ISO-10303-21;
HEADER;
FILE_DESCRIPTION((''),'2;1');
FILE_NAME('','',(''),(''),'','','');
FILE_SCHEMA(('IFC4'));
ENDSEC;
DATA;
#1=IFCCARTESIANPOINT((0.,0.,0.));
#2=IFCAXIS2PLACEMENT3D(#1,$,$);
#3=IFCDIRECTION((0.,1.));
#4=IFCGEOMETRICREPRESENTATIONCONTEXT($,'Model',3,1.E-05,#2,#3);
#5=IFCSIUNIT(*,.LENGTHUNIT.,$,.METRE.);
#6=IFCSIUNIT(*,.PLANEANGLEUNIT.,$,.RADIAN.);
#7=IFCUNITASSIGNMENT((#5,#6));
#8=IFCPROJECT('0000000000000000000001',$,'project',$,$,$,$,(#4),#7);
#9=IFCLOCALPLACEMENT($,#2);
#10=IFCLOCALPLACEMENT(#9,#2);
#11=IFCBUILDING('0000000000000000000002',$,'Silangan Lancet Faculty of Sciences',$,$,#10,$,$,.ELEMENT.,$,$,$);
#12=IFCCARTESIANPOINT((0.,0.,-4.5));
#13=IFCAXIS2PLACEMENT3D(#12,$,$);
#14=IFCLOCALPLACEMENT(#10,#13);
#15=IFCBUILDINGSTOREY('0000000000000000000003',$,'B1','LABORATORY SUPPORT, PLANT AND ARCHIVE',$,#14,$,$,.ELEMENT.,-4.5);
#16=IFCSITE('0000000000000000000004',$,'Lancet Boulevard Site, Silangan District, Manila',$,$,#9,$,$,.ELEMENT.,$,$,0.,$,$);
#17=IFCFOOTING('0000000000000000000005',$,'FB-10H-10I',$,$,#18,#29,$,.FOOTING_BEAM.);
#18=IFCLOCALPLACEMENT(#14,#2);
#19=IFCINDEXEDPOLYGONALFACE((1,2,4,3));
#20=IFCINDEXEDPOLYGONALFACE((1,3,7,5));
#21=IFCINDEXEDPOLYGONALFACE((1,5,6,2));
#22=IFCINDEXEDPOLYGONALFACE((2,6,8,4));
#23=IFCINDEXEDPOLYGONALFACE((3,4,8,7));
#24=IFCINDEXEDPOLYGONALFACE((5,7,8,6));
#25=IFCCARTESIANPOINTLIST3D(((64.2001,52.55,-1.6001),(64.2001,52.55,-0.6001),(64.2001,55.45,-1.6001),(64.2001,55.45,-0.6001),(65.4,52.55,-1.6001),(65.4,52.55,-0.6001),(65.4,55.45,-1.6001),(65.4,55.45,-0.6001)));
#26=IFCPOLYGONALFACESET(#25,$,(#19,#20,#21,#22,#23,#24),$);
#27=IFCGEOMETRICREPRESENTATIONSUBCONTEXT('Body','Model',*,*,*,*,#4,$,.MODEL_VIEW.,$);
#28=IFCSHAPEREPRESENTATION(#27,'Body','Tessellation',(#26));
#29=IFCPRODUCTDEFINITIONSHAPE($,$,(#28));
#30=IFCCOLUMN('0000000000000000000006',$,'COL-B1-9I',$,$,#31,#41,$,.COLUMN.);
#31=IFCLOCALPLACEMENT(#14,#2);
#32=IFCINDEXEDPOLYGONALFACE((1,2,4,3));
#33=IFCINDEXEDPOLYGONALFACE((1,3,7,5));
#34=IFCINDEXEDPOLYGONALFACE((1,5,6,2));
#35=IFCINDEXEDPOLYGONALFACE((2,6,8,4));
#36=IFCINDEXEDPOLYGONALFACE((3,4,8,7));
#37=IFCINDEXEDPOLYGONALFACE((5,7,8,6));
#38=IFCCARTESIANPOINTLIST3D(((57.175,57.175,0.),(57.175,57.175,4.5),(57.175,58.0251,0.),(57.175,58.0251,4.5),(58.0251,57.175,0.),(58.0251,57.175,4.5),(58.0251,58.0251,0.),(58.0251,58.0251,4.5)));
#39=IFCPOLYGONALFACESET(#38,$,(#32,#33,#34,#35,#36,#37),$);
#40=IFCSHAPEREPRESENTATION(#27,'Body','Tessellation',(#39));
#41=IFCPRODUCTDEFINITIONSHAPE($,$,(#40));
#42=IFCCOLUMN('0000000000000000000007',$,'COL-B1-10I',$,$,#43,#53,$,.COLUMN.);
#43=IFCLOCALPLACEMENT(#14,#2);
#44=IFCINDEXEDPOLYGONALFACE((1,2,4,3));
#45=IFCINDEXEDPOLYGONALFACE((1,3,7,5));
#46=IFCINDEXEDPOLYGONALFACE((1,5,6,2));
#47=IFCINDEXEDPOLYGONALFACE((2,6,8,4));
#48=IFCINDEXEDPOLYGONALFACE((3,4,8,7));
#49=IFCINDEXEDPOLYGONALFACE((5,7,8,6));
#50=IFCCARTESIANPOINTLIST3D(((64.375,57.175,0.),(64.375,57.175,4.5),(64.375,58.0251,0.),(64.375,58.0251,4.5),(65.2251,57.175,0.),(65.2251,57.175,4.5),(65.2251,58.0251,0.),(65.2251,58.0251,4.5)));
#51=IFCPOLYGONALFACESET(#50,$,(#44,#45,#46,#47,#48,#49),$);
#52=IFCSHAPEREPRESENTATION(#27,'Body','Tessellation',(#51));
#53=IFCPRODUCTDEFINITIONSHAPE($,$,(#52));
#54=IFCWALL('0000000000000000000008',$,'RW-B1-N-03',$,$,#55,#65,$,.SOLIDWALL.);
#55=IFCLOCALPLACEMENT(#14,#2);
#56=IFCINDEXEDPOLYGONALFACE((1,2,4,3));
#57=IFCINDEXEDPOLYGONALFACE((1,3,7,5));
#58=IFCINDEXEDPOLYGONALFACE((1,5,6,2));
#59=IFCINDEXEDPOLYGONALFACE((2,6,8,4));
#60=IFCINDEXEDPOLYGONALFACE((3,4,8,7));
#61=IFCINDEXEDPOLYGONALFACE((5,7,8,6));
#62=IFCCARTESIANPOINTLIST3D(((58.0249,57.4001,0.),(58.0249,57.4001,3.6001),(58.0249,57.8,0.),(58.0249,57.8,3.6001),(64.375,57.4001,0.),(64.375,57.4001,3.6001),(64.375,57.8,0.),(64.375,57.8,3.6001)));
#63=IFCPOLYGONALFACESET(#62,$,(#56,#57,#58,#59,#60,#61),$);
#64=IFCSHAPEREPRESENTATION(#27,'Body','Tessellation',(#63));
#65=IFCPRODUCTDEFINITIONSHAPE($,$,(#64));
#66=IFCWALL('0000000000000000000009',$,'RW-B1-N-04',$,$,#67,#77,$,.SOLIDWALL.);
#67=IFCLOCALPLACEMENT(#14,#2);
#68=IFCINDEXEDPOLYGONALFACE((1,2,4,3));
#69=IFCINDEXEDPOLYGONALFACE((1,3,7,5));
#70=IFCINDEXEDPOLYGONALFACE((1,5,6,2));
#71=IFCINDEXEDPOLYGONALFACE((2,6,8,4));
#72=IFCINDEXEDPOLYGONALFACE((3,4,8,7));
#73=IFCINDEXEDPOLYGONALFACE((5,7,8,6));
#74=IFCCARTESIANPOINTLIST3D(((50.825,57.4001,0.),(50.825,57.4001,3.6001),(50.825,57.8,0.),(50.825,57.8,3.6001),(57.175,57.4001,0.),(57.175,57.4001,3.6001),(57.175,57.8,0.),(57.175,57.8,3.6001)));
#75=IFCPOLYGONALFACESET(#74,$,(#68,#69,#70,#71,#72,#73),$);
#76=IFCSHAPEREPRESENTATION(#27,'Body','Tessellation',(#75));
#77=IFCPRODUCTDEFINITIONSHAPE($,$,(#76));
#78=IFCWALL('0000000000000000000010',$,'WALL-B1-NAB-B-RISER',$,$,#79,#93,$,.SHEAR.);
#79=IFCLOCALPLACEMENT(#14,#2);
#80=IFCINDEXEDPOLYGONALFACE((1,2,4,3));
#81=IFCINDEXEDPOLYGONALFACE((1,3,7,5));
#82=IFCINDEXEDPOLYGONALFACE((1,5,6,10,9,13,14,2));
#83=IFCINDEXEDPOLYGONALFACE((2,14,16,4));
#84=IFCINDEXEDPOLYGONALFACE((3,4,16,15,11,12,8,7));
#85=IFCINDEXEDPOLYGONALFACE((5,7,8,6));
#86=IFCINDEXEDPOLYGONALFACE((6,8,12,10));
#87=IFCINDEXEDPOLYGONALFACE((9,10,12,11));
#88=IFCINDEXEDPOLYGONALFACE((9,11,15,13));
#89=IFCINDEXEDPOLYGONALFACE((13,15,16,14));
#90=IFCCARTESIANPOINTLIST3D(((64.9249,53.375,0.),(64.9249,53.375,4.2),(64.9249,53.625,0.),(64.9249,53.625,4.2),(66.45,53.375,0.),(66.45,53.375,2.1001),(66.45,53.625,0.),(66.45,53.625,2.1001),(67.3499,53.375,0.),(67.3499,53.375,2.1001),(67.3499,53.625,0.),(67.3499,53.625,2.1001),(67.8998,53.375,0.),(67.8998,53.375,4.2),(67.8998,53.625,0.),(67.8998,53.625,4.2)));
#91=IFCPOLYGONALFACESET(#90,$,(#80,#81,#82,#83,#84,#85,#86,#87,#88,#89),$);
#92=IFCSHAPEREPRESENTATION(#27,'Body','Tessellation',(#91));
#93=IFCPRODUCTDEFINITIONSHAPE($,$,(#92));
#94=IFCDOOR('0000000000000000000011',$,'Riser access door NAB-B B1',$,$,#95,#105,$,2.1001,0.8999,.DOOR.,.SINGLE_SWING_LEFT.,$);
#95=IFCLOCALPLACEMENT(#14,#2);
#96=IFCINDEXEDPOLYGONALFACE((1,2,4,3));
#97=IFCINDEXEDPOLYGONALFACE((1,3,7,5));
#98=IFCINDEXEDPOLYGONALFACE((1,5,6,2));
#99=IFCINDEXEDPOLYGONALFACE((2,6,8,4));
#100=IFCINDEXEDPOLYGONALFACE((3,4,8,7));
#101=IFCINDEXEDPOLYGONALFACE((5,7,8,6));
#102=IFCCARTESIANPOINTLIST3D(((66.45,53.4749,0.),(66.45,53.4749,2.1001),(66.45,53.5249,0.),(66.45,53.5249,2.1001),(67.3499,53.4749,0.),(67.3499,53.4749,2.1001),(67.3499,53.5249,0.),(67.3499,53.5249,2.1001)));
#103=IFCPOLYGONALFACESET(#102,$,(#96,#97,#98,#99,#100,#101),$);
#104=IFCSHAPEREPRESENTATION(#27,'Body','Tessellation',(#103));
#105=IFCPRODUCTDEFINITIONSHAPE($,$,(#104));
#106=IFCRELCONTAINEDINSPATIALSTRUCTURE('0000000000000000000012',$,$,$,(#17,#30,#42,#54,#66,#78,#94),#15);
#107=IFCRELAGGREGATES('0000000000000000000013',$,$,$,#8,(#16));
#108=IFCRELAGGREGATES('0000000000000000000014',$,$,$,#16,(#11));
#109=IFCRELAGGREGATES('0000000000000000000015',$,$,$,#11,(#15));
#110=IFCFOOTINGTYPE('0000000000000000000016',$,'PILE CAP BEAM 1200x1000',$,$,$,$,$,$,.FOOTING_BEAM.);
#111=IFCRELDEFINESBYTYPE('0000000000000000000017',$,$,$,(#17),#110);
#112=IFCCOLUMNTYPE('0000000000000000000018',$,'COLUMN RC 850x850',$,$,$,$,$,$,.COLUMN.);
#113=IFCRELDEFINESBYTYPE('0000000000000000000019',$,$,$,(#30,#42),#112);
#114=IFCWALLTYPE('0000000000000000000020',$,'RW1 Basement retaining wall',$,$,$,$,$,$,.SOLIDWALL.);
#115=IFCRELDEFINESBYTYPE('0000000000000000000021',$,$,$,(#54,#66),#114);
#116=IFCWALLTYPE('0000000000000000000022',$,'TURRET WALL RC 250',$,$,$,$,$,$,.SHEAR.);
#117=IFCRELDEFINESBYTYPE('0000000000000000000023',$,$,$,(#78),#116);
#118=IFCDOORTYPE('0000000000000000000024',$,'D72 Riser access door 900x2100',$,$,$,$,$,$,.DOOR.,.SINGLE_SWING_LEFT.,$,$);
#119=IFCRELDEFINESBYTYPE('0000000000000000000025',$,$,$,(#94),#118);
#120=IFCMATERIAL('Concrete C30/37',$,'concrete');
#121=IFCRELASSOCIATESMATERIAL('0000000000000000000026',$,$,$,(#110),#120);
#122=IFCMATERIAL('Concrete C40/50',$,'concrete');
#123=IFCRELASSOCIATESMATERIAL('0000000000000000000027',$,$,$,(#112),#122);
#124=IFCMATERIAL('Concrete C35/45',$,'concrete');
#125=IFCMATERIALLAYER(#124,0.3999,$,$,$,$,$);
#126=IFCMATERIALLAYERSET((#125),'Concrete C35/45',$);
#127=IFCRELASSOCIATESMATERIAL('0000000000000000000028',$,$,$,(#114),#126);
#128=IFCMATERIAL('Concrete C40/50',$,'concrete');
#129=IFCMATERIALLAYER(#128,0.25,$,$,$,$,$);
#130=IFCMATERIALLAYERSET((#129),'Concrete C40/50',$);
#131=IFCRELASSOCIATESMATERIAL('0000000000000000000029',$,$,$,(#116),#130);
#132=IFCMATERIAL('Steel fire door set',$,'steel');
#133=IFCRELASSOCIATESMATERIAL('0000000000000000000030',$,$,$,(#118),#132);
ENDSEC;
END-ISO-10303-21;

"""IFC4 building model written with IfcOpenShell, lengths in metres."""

from ifc_helpers import new_model, si_unit, direction, frame, frame_2d, origin, origin_2d, place, context, subcontext, project, spatial, rectangle, extrude, material, layer, layer_set, material_profile, profile_set, type_object, element, fill, save


model = new_model("IFC4")

# Units and contexts
model_context = context("Model", 3, precision=1e-05, world=origin(), true_north=direction((0.0, 1.0)))
body_context = subcontext(model_context, "Body", "Model", "MODEL_VIEW")
ifc_project = project(units=[si_unit("LENGTHUNIT", "METRE"), si_unit("PLANEANGLEUNIT", "RADIAN")], contexts=[model_context])

# Site, building, storey
site_placement = place(None, origin())
site = spatial("IfcSite", under=ifc_project, at=site_placement, Name="Lancet Boulevard Site, Silangan District, Manila", CompositionType="ELEMENT", RefElevation=0.0)
building_placement = place(site_placement, origin())
building = spatial("IfcBuilding", under=site, at=building_placement, Name="Silangan Lancet Faculty of Sciences", CompositionType="ELEMENT")
storey_placement = place(building_placement, frame((0.0, 0.0, -4.5)))
storey = spatial("IfcBuildingStorey", under=building, at=storey_placement, Name="B1", Description="LABORATORY SUPPORT, PLANT AND ARCHIVE", CompositionType="ELEMENT", Elevation=-4.5)

# Footing
ifc_material_1 = material(Name="Concrete C30/37", Category="concrete")
footing_type_1 = type_object("IfcFootingType", Name="PILE CAP BEAM 1200x1000", PredefinedType="FOOTING_BEAM", material=ifc_material_1)
for number, where, z_axis, x_axis, name in (
    (1, (64.8, 54.0, -1.6001), (0.0, 0.0, 1.0), (0.0, 1.0, 0.0), "FB-10H-10I"),
):
    element("IfcFooting", number, at=place(storey_placement, frame(where, z_axis=z_axis, x_axis=x_axis)), inside=storey, type_object=footing_type_1, Name=name, PredefinedType="FOOTING_BEAM", context=body_context, shape_type="SweptSolid", body=[
        extrude(rectangle(XDim=2.8999, YDim=1.2, at=origin_2d()), origin(), (0.0, 0.0, 1.0), 1.0),
    ])

# Columns
ifc_material_2 = material(Name="Concrete C40/50", Category="concrete")
ifc_material_profile_1 = material_profile(ifc_material_2, rectangle(XDim=0.8501, YDim=0.8501, at=origin_2d()), Name="RC 850x850")
ifc_profile_set_1 = profile_set([ifc_material_profile_1], Name="Concrete C40/50")
column_type = type_object("IfcColumnType", Name="COLUMN RC 850x850", PredefinedType="COLUMN", material=ifc_profile_set_1)
for number, where, z_axis, x_axis, name in (
    (2, (57.6001, 57.6001, 0.0), (0.0, 0.0, 1.0), (1.0, 0.0, 0.0), "COL-B1-9I"),
    (3, (64.8, 57.6001, 0.0), (0.0, 0.0, 1.0), (1.0, 0.0, 0.0), "COL-B1-10I"),
):
    element("IfcColumn", number, at=place(storey_placement, frame(where, z_axis=z_axis, x_axis=x_axis)), inside=storey, type_object=column_type, Name=name, PredefinedType="COLUMN", context=body_context, shape_type="SweptSolid", body=[
        extrude(rectangle(XDim=0.8501, YDim=0.8501, at=origin_2d()), origin(), (0.0, 0.0, 1.0), 4.5),
    ])

# Walls
ifc_material_3 = material(Name="Concrete C35/45", Category="concrete")
ifc_layer_1 = layer(ifc_material_3, 0.3999)
ifc_layer_set_1 = layer_set([ifc_layer_1], Name="Concrete C35/45")
wall_type_1 = type_object("IfcWallType", Name="RW1 Basement retaining wall", PredefinedType="SOLIDWALL", material=ifc_layer_set_1)
for number, where, z_axis, x_axis, name in (
    (4, (64.375, 57.6001, 0.0), (0.0, 0.0, 1.0), (-1.0, 0.0, 0.0), "RW-B1-N-03"),
    (5, (57.175, 57.6001, 0.0), (0.0, 0.0, 1.0), (-1.0, 0.0, 0.0), "RW-B1-N-04"),
):
    element("IfcWall", number, at=place(storey_placement, frame(where, z_axis=z_axis, x_axis=x_axis)), inside=storey, type_object=wall_type_1, Name=name, PredefinedType="SOLIDWALL", context=body_context, shape_type="SweptSolid", body=[
        extrude(rectangle(XDim=6.3501, YDim=0.3999, at=frame_2d((3.175, 0.0))), origin(), (0.0, 0.0, 1.0), 3.6001),
    ])

# Wall, opening, door
ifc_material_4 = material(Name="Concrete C40/50", Category="concrete")
ifc_layer_2 = layer(ifc_material_4, 0.25)
ifc_layer_set_2 = layer_set([ifc_layer_2], Name="Concrete C40/50")
wall_type_2 = type_object("IfcWallType", Name="TURRET WALL RC 250", PredefinedType="SHEAR", material=ifc_layer_set_2)
wall_placement = place(storey_placement, frame((64.925, 53.5, 0.0), z_axis=(0.0, 0.0, 1.0), x_axis=(1.0, 0.0, 0.0)))
wall = element("IfcWall", 6, at=wall_placement, inside=storey, type_object=wall_type_2, Name="WALL-B1-NAB-B-RISER", PredefinedType="SHEAR", context=body_context, shape_type="SweptSolid", body=[
    extrude(rectangle(XDim=2.9749, YDim=0.25, at=frame_2d((1.4873, 0.0))), origin(), (0.0, 0.0, 1.0), 4.2),
])
opening_placement = place(wall_placement, frame((1.5249, 0.0, 0.0)))
opening = element("IfcOpeningElement", 7, at=opening_placement, cuts=wall, PredefinedType="OPENING", context=body_context, shape_type="SweptSolid", body=[
    extrude(rectangle(XDim=0.8999, YDim=2.1001, at=frame_2d((0.45, 1.05))), frame((0.0, 0.135, 0.0), z_axis=(0.0, -1.0, 0.0), x_axis=(1.0, 0.0, 0.0)), (0.0, 0.0, 1.0), 0.27),
])
ifc_material_5 = material(Name="Steel fire door set", Category="steel")
door_type = type_object("IfcDoorType", Name="D72 Riser access door 900x2100", OperationType="SINGLE_SWING_LEFT", PredefinedType="DOOR", material=ifc_material_5)
door_placement = place(opening_placement, origin())
door = element("IfcDoor", 8, at=door_placement, inside=storey, type_object=door_type, Name="Riser access door NAB-B B1", OperationType="SINGLE_SWING_LEFT", OverallHeight=2.1001, OverallWidth=0.8999, PredefinedType="DOOR", context=body_context, shape_type="SweptSolid", body=[
    extrude(rectangle(XDim=0.8999, YDim=2.1001, at=frame_2d((0.45, 1.05))), frame((0.0, 0.0249, 0.0), z_axis=(0.0, -1.0, 0.0), x_axis=(1.0, 0.0, 0.0)), (0.0, 0.0, 1.0), 0.05),
])
fill(opening, door)

save(model, "model.ifc")
